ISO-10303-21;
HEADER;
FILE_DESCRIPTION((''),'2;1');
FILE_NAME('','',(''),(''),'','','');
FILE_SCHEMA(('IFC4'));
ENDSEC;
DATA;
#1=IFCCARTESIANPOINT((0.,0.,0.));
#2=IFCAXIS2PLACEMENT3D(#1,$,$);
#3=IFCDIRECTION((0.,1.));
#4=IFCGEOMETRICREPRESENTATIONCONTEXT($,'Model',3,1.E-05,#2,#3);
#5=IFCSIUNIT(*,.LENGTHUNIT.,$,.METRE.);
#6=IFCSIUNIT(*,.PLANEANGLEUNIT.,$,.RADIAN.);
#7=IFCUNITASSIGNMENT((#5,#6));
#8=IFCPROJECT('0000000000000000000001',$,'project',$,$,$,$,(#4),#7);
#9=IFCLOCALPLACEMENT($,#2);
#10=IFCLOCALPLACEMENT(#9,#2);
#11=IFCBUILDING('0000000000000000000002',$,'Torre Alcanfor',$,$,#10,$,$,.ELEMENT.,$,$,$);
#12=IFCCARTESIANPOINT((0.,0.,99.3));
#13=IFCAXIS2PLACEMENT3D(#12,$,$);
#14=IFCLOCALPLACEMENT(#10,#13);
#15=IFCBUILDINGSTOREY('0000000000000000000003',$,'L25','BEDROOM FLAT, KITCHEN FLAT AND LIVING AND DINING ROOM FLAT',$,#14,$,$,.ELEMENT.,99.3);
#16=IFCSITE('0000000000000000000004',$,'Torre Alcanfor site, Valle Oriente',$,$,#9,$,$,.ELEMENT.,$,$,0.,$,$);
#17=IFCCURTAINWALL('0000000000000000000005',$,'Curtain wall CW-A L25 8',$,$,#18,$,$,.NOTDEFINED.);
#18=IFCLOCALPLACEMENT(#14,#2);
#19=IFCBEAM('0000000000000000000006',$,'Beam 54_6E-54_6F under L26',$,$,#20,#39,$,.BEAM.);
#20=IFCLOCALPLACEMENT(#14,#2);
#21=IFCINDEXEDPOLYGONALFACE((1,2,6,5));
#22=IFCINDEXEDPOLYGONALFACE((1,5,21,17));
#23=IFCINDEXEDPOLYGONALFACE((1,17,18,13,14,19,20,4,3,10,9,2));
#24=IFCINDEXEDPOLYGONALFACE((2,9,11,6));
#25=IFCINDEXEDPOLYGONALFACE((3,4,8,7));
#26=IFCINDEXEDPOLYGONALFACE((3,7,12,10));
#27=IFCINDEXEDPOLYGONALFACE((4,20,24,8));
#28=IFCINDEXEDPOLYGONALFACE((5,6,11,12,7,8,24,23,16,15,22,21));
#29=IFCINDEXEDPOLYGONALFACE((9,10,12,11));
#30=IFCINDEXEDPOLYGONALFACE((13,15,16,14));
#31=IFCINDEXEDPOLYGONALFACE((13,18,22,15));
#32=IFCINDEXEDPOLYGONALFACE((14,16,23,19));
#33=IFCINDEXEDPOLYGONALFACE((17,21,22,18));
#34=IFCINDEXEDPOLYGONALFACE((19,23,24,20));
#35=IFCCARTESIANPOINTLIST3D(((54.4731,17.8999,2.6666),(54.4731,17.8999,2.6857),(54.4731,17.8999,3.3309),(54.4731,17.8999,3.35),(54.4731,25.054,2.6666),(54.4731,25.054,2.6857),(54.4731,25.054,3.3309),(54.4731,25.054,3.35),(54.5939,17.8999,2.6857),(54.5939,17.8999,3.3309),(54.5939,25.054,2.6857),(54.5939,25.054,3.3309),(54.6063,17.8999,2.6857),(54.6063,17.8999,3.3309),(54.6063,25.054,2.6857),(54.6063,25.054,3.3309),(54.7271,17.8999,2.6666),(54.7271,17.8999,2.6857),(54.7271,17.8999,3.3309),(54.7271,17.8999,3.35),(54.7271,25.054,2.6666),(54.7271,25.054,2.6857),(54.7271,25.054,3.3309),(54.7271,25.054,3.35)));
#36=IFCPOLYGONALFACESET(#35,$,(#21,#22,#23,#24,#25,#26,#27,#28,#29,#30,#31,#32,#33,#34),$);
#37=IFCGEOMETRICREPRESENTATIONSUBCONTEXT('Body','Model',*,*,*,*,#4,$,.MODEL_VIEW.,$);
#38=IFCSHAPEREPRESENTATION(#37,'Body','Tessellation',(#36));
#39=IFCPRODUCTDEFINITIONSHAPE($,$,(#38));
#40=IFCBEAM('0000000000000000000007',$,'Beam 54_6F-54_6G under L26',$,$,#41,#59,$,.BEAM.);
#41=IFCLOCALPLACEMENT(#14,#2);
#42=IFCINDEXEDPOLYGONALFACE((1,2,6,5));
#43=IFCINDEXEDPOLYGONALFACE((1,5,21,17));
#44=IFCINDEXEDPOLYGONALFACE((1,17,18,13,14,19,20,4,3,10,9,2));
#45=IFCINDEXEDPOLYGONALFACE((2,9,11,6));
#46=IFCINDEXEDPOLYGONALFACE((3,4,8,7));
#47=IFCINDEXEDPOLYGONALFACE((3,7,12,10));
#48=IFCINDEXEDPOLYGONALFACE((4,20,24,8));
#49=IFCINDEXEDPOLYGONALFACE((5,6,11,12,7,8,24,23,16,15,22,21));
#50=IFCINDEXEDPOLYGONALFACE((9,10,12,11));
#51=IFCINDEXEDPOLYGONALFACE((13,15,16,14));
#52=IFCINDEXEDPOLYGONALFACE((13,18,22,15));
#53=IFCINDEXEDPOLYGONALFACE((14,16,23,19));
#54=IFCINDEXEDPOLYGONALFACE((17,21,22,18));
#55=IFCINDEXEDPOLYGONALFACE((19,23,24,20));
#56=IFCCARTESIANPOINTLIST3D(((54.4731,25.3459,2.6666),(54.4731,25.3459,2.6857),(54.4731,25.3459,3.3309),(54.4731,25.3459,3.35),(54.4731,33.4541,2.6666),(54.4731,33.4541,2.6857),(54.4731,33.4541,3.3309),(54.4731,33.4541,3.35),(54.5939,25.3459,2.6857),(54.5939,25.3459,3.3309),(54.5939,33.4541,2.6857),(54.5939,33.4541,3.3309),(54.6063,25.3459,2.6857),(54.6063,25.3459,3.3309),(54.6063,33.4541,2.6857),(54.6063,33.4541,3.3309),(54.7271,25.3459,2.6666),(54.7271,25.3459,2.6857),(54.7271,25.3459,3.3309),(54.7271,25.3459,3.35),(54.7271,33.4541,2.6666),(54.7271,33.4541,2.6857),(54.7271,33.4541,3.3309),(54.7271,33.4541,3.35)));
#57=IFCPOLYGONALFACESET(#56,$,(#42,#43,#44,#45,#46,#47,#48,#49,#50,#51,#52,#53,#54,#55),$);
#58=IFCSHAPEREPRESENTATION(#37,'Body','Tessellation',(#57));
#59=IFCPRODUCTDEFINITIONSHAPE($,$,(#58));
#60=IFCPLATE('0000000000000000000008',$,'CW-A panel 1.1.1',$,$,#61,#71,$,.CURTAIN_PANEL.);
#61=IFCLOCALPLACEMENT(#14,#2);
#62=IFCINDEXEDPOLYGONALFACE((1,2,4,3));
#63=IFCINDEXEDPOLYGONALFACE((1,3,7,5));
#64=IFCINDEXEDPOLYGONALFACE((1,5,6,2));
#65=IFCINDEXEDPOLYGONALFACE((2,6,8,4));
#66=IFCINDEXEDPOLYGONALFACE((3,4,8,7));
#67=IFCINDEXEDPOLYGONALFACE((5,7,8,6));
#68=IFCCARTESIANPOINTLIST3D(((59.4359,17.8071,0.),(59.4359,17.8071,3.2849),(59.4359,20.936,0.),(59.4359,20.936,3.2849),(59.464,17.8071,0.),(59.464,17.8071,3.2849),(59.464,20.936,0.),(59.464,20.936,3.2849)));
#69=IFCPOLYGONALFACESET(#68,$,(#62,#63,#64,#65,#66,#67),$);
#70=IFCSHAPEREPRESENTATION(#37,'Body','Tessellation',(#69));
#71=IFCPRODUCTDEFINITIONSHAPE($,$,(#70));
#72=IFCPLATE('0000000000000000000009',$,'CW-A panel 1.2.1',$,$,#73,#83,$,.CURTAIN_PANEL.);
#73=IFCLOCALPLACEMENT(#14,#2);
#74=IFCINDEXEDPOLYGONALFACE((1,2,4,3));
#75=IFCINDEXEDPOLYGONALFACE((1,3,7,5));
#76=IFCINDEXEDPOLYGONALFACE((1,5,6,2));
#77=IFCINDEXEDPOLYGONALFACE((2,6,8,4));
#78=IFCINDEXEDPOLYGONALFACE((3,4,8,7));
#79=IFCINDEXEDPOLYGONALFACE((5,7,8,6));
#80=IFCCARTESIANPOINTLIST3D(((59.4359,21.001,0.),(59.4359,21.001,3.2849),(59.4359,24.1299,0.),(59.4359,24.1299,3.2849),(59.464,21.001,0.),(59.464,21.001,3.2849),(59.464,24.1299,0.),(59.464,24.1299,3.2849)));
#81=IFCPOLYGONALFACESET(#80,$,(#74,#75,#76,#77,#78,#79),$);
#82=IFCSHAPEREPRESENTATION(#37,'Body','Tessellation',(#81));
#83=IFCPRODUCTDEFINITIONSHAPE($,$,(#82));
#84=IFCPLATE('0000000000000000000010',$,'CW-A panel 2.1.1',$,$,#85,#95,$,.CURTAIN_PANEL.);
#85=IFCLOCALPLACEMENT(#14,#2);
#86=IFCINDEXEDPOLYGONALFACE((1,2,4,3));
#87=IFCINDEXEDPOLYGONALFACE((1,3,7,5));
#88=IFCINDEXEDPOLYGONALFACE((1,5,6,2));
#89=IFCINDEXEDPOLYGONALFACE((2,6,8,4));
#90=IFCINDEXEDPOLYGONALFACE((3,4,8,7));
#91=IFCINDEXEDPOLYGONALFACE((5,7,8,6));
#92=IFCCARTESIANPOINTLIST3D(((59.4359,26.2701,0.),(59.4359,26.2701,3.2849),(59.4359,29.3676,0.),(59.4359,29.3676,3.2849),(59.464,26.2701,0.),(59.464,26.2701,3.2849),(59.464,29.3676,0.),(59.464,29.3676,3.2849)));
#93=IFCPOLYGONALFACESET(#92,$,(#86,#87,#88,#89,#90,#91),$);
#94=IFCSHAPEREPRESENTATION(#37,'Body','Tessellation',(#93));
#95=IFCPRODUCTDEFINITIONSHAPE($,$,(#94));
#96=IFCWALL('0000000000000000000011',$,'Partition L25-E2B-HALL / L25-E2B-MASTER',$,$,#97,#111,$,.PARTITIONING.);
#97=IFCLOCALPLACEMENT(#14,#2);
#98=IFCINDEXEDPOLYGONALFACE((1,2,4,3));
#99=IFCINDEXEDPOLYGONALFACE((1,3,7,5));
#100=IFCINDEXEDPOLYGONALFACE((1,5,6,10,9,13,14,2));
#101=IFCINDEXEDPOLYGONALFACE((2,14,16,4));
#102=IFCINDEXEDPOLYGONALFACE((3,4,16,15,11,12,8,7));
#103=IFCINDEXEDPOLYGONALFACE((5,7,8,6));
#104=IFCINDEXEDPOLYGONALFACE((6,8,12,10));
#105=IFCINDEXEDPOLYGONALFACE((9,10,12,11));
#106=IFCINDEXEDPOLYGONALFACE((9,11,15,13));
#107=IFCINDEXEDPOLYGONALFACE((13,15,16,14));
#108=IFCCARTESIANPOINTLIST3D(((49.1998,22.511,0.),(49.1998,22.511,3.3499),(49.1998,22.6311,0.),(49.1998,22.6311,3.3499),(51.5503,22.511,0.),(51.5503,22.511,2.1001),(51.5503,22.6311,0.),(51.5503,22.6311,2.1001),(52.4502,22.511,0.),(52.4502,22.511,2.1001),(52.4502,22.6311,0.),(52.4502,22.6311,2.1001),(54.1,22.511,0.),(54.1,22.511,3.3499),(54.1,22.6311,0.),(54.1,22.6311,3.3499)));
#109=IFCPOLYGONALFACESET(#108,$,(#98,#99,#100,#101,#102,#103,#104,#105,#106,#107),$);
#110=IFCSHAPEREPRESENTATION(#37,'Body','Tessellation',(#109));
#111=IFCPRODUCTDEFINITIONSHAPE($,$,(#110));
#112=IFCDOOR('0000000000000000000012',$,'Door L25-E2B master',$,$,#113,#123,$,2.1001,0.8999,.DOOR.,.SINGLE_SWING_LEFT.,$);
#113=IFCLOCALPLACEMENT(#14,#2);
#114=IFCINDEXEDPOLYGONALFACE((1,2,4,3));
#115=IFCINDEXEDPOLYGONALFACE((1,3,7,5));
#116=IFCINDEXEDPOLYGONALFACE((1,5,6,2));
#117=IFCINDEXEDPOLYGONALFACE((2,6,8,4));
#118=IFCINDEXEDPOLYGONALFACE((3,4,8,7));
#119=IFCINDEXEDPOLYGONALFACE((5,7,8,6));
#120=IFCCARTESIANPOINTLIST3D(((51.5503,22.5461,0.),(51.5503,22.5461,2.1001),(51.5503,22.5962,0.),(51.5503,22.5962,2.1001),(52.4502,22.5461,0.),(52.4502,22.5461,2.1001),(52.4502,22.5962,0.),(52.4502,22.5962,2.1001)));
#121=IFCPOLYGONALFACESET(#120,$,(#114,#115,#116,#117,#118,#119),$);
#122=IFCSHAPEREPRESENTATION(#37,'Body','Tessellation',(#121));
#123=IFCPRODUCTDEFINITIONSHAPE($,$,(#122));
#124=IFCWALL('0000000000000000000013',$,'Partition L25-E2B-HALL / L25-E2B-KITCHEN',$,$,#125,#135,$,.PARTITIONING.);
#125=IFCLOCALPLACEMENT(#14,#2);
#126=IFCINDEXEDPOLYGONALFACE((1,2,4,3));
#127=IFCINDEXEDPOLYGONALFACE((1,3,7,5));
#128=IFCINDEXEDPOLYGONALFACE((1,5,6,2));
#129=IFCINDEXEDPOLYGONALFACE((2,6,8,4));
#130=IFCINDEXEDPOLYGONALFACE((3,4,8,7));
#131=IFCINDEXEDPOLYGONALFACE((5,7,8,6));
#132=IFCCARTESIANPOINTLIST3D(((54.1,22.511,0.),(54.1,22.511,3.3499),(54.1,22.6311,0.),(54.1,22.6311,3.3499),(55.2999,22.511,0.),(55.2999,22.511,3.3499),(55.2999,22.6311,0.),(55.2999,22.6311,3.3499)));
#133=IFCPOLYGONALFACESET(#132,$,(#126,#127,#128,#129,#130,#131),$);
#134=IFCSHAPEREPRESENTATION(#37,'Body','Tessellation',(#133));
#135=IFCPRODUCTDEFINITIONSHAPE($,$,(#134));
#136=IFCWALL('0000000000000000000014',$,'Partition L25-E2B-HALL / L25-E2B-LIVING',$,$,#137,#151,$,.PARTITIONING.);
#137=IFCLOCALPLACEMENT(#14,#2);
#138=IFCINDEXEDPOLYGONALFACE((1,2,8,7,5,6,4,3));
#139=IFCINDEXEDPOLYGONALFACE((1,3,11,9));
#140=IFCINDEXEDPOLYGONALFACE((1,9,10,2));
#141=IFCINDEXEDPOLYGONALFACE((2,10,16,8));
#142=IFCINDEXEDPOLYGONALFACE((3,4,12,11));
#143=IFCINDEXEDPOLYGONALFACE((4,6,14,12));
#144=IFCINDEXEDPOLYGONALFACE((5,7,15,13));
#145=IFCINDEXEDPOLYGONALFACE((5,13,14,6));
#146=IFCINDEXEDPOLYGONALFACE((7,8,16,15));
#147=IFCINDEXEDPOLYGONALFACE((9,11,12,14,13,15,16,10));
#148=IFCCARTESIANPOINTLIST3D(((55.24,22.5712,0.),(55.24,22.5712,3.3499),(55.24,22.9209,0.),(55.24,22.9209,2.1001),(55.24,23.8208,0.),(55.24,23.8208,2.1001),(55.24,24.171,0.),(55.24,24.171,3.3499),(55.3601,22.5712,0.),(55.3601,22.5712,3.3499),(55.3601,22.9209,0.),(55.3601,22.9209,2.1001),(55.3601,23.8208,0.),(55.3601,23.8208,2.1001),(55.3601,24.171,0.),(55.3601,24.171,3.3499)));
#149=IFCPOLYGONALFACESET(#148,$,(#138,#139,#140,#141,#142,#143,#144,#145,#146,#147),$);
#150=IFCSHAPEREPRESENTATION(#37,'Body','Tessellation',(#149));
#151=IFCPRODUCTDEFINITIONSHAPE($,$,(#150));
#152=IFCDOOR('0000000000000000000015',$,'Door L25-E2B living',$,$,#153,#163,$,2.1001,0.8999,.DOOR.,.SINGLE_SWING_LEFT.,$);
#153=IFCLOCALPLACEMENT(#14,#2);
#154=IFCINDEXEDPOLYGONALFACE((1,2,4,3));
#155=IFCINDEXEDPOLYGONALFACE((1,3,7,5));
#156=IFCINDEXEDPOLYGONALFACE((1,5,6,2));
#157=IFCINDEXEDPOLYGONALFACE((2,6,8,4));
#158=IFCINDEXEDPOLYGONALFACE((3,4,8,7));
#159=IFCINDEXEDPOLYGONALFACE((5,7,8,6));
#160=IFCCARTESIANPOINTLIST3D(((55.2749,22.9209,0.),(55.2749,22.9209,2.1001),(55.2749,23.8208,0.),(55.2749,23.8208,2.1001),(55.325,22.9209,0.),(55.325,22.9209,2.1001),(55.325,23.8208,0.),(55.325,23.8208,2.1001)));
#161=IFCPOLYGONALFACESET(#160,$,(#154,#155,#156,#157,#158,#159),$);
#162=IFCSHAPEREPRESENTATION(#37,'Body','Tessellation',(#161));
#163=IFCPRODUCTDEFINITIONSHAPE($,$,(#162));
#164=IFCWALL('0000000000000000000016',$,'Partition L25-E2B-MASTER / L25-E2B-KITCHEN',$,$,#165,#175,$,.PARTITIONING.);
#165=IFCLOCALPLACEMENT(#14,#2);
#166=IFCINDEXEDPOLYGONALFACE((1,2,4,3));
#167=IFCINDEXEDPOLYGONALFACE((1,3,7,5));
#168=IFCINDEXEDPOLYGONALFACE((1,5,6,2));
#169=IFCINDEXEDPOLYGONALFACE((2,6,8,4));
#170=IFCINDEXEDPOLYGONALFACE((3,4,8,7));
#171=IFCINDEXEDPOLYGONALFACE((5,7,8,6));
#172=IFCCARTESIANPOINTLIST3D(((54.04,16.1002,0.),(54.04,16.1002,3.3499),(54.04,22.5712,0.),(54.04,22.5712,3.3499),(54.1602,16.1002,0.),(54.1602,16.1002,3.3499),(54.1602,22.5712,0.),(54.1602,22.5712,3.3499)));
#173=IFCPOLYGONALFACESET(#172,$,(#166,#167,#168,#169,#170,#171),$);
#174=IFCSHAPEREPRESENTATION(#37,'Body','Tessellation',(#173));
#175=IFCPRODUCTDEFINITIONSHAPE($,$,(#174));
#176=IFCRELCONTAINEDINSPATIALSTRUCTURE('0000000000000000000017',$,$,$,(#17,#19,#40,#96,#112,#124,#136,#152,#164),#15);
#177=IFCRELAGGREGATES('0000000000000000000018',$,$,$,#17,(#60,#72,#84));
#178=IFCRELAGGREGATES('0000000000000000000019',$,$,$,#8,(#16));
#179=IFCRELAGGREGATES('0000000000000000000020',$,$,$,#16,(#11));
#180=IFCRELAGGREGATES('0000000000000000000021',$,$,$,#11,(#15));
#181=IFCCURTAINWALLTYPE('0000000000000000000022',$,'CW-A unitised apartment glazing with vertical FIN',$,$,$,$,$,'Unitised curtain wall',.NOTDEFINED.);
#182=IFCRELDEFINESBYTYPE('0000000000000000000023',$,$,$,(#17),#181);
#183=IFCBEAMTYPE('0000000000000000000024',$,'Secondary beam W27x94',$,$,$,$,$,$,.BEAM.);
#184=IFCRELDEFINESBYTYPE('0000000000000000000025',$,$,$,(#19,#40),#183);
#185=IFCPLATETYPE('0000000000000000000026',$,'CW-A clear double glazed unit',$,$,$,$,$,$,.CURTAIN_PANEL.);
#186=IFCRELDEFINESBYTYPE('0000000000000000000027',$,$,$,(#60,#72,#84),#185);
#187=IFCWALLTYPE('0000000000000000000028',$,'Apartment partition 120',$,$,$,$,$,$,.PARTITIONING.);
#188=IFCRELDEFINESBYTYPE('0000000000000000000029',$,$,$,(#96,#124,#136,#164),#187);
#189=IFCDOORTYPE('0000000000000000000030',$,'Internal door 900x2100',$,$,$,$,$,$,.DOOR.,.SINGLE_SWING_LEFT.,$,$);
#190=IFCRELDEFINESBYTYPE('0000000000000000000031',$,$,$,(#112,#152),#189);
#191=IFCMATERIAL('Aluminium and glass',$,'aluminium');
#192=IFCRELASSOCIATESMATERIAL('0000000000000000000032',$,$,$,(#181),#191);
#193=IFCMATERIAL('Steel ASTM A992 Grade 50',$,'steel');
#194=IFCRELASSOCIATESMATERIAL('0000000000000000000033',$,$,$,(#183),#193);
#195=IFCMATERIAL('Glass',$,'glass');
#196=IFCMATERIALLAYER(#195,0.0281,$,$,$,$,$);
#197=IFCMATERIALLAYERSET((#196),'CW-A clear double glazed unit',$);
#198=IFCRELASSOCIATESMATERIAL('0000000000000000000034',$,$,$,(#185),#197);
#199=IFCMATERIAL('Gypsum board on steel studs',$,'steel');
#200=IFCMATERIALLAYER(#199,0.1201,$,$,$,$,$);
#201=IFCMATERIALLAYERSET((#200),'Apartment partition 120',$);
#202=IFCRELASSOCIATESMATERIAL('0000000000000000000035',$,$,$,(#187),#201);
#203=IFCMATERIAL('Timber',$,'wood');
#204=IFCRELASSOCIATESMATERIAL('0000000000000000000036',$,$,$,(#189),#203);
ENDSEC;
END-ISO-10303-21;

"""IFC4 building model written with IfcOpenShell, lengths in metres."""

from ifc_helpers import new_model, si_unit, direction, frame, frame_2d, origin, origin_2d, place, context, subcontext, project, spatial, rectangle, i_section, extrude, material, layer, layer_set, material_profile, profile_set, type_object, element, fill, aggregate, save


model = new_model("IFC4")

# Units and contexts
model_context = context("Model", 3, precision=1e-05, world=origin(), true_north=direction((0.0, 1.0)))
body_context = subcontext(model_context, "Body", "Model", "MODEL_VIEW")
ifc_project = project(units=[si_unit("LENGTHUNIT", "METRE"), si_unit("PLANEANGLEUNIT", "RADIAN")], contexts=[model_context])

# Site, building, storey
site_placement = place(None, origin())
site = spatial("IfcSite", under=ifc_project, at=site_placement, Name="Torre Alcanfor site, Valle Oriente", CompositionType="ELEMENT", RefElevation=0.0)
building_placement = place(site_placement, origin())
building = spatial("IfcBuilding", under=site, at=building_placement, Name="Torre Alcanfor", CompositionType="ELEMENT")
storey_placement = place(building_placement, frame((0.0, 0.0, 99.3)))
storey = spatial("IfcBuildingStorey", under=building, at=storey_placement, Name="L25", Description="BEDROOM FLAT, KITCHEN FLAT AND LIVING AND DINING ROOM FLAT", CompositionType="ELEMENT", Elevation=99.3)

# Curtain wall
ifc_material_1 = material(Name="Aluminium and glass", Category="aluminium")
curtain_wall_type = type_object("IfcCurtainWallType", Name="CW-A unitised apartment glazing with vertical FIN", ElementType="Unitised curtain wall", PredefinedType="NOTDEFINED", material=ifc_material_1)
curtain_wall_placement = place(storey_placement, origin())
curtain_wall = element("IfcCurtainWall", 1, at=curtain_wall_placement, inside=storey, type_object=curtain_wall_type, Name="Curtain wall CW-A L25 8", PredefinedType="NOTDEFINED")

# Beams
ifc_material_2 = material(Name="Steel ASTM A992 Grade 50", Category="steel")
ifc_material_profile_1 = material_profile(ifc_material_2, i_section(OverallWidth=0.2539, OverallDepth=0.6833, WebThickness=0.0125, FlangeThickness=0.019, at=origin_2d()), Name="W27x94")
ifc_profile_set_1 = profile_set([ifc_material_profile_1], Name="Steel ASTM A992 Grade 50")
beam_type_1 = type_object("IfcBeamType", Name="Secondary beam W27x94", PredefinedType="BEAM", material=ifc_profile_set_1)
beam_1_placement = place(storey_placement, frame((54.6001, 17.8999, 3.0083), z_axis=(0.0, 1.0, 0.0), x_axis=(-1.0, 0.0, 0.0)))
element("IfcBeam", 2, at=beam_1_placement, inside=storey, type_object=beam_type_1, Name="Beam 54_6E-54_6F under L26", PredefinedType="BEAM", context=body_context, shape_type="SweptSolid", body=[
    extrude(i_section(OverallWidth=0.2539, OverallDepth=0.6833, WebThickness=0.0125, FlangeThickness=0.019, at=origin_2d()), origin(), (0.0, 0.0, 1.0), 7.1541),
])
beam_2_placement = place(storey_placement, frame((54.6001, 25.3459, 3.0083), z_axis=(0.0, 1.0, 0.0), x_axis=(-1.0, 0.0, 0.0)))
element("IfcBeam", 3, at=beam_2_placement, inside=storey, type_object=beam_type_1, Name="Beam 54_6F-54_6G under L26", PredefinedType="BEAM", context=body_context, shape_type="SweptSolid", body=[
    extrude(i_section(OverallWidth=0.2539, OverallDepth=0.6833, WebThickness=0.0125, FlangeThickness=0.019, at=origin_2d()), origin(), (0.0, 0.0, 1.0), 8.1082),
])

# Plates
ifc_material_3 = material(Name="Glass", Category="glass")
ifc_layer_1 = layer(ifc_material_3, 0.0281)
ifc_layer_set_1 = layer_set([ifc_layer_1], Name="CW-A clear double glazed unit")
plate_type = type_object("IfcPlateType", Name="CW-A clear double glazed unit", PredefinedType="CURTAIN_PANEL", material=ifc_layer_set_1)
plate_1_placement = place(storey_placement, frame((59.45, 19.3716, 0.0), z_axis=(0.0, 0.0, 1.0), x_axis=(0.0, 1.0, 0.0)))
plate_1 = element("IfcPlate", 4, at=plate_1_placement, type_object=plate_type, Name="CW-A panel 1.1.1", PredefinedType="CURTAIN_PANEL", context=body_context, shape_type="SweptSolid", body=[
    extrude(rectangle(XDim=3.1289, YDim=0.0281, at=origin_2d()), origin(), (0.0, 0.0, 1.0), 3.2849),
])
plate_2_placement = place(storey_placement, frame((59.45, 22.5654, 0.0), z_axis=(0.0, 0.0, 1.0), x_axis=(0.0, 1.0, 0.0)))
plate_2 = element("IfcPlate", 5, at=plate_2_placement, type_object=plate_type, Name="CW-A panel 1.2.1", PredefinedType="CURTAIN_PANEL", context=body_context, shape_type="SweptSolid", body=[
    extrude(rectangle(XDim=3.1289, YDim=0.0281, at=origin_2d()), origin(), (0.0, 0.0, 1.0), 3.2849),
])
plate_3_placement = place(storey_placement, frame((59.45, 27.8188, 0.0), z_axis=(0.0, 0.0, 1.0), x_axis=(0.0, 1.0, 0.0)))
plate_3 = element("IfcPlate", 6, at=plate_3_placement, type_object=plate_type, Name="CW-A panel 2.1.1", PredefinedType="CURTAIN_PANEL", context=body_context, shape_type="SweptSolid", body=[
    extrude(rectangle(XDim=3.0974, YDim=0.0281, at=origin_2d()), origin(), (0.0, 0.0, 1.0), 3.2849),
])
aggregate(curtain_wall, [plate_1, plate_2, plate_3])

# Wall, opening, door
ifc_material_4 = material(Name="Gypsum board on steel studs", Category="steel")
ifc_layer_2 = layer(ifc_material_4, 0.1201)
ifc_layer_set_2 = layer_set([ifc_layer_2], Name="Apartment partition 120")
wall_type_1 = type_object("IfcWallType", Name="Apartment partition 120", PredefinedType="PARTITIONING", material=ifc_layer_set_2)
wall_1_placement = place(storey_placement, frame((54.1001, 22.571, 0.0), z_axis=(0.0, 0.0, 1.0), x_axis=(-1.0, 0.0, 0.0)))
wall_1 = element("IfcWall", 7, at=wall_1_placement, inside=storey, type_object=wall_type_1, Name="Partition L25-E2B-HALL / L25-E2B-MASTER", PredefinedType="PARTITIONING", context=body_context, shape_type="SweptSolid", body=[
    extrude(rectangle(XDim=4.9001, YDim=0.1201, at=frame_2d((2.4502, 0.0))), origin(), (0.0, 0.0, 1.0), 3.3499),
])
opening_1_placement = place(wall_1_placement, frame((1.6499, 0.0, 0.0)))
opening_1 = element("IfcOpeningElement", 8, at=opening_1_placement, cuts=wall_1, PredefinedType="OPENING", context=body_context, shape_type="SweptSolid", body=[
    extrude(rectangle(XDim=0.8999, YDim=2.1001, at=frame_2d((0.45, 1.05))), frame((0.0, 0.0701, 0.0), z_axis=(0.0, -1.0, 0.0), x_axis=(1.0, 0.0, 0.0)), (0.0, 0.0, 1.0), 0.1401),
])
ifc_material_5 = material(Name="Timber", Category="wood")
door_type = type_object("IfcDoorType", Name="Internal door 900x2100", OperationType="SINGLE_SWING_LEFT", PredefinedType="DOOR", material=ifc_material_5)
door_1_placement = place(opening_1_placement, origin())
door_1 = element("IfcDoor", 9, at=door_1_placement, inside=storey, type_object=door_type, Name="Door L25-E2B master", OperationType="SINGLE_SWING_LEFT", OverallHeight=2.1001, OverallWidth=0.8999, PredefinedType="DOOR", context=body_context, shape_type="SweptSolid", body=[
    extrude(rectangle(XDim=0.8999, YDim=2.1001, at=frame_2d((0.45, 1.05))), frame((0.0, 0.0249, 0.0), z_axis=(0.0, -1.0, 0.0), x_axis=(1.0, 0.0, 0.0)), (0.0, 0.0, 1.0), 0.05),
])
fill(opening_1, door_1)

# Wall
wall_2_placement = place(storey_placement, frame((55.3, 22.571, 0.0), z_axis=(0.0, 0.0, 1.0), x_axis=(-1.0, 0.0, 0.0)))
element("IfcWall", 10, at=wall_2_placement, inside=storey, type_object=wall_type_1, Name="Partition L25-E2B-HALL / L25-E2B-KITCHEN", PredefinedType="PARTITIONING", context=body_context, shape_type="SweptSolid", body=[
    extrude(rectangle(XDim=1.2, YDim=0.1201, at=frame_2d((0.6001, 0.0))), origin(), (0.0, 0.0, 1.0), 3.3499),
])

# Wall, opening, door
wall_3_placement = place(storey_placement, frame((55.3, 24.1709, 0.0), z_axis=(0.0, 0.0, 1.0), x_axis=(0.0, -1.0, 0.0)))
wall_3 = element("IfcWall", 11, at=wall_3_placement, inside=storey, type_object=wall_type_1, Name="Partition L25-E2B-HALL / L25-E2B-LIVING", PredefinedType="PARTITIONING", context=body_context, shape_type="SweptSolid", body=[
    extrude(rectangle(XDim=1.5999, YDim=0.1201, at=frame_2d((0.7998, 0.0))), origin(), (0.0, 0.0, 1.0), 3.3499),
])
opening_2_placement = place(wall_3_placement, frame((0.3501, 0.0, 0.0)))
opening_2 = element("IfcOpeningElement", 12, at=opening_2_placement, cuts=wall_3, PredefinedType="OPENING", context=body_context, shape_type="SweptSolid", body=[
    extrude(rectangle(XDim=0.8999, YDim=2.1001, at=frame_2d((0.45, 1.05))), frame((0.0, 0.0701, 0.0), z_axis=(0.0, -1.0, 0.0), x_axis=(1.0, 0.0, 0.0)), (0.0, 0.0, 1.0), 0.1401),
])
door_2_placement = place(opening_2_placement, origin())
door_2 = element("IfcDoor", 13, at=door_2_placement, inside=storey, type_object=door_type, Name="Door L25-E2B living", OperationType="SINGLE_SWING_LEFT", OverallHeight=2.1001, OverallWidth=0.8999, PredefinedType="DOOR", context=body_context, shape_type="SweptSolid", body=[
    extrude(rectangle(XDim=0.8999, YDim=2.1001, at=frame_2d((0.45, 1.05))), frame((0.0, 0.0249, 0.0), z_axis=(0.0, -1.0, 0.0), x_axis=(1.0, 0.0, 0.0)), (0.0, 0.0, 1.0), 0.05),
])
fill(opening_2, door_2)

# Wall
wall_4_placement = place(storey_placement, frame((54.1001, 22.571, 0.0), z_axis=(0.0, 0.0, 1.0), x_axis=(0.0, -1.0, 0.0)))
element("IfcWall", 14, at=wall_4_placement, inside=storey, type_object=wall_type_1, Name="Partition L25-E2B-MASTER / L25-E2B-KITCHEN", PredefinedType="PARTITIONING", context=body_context, shape_type="SweptSolid", body=[
    extrude(rectangle(XDim=6.4709, YDim=0.1201, at=frame_2d((3.2354, 0.0))), origin(), (0.0, 0.0, 1.0), 3.3499),
])

save(model, "model.ifc")
